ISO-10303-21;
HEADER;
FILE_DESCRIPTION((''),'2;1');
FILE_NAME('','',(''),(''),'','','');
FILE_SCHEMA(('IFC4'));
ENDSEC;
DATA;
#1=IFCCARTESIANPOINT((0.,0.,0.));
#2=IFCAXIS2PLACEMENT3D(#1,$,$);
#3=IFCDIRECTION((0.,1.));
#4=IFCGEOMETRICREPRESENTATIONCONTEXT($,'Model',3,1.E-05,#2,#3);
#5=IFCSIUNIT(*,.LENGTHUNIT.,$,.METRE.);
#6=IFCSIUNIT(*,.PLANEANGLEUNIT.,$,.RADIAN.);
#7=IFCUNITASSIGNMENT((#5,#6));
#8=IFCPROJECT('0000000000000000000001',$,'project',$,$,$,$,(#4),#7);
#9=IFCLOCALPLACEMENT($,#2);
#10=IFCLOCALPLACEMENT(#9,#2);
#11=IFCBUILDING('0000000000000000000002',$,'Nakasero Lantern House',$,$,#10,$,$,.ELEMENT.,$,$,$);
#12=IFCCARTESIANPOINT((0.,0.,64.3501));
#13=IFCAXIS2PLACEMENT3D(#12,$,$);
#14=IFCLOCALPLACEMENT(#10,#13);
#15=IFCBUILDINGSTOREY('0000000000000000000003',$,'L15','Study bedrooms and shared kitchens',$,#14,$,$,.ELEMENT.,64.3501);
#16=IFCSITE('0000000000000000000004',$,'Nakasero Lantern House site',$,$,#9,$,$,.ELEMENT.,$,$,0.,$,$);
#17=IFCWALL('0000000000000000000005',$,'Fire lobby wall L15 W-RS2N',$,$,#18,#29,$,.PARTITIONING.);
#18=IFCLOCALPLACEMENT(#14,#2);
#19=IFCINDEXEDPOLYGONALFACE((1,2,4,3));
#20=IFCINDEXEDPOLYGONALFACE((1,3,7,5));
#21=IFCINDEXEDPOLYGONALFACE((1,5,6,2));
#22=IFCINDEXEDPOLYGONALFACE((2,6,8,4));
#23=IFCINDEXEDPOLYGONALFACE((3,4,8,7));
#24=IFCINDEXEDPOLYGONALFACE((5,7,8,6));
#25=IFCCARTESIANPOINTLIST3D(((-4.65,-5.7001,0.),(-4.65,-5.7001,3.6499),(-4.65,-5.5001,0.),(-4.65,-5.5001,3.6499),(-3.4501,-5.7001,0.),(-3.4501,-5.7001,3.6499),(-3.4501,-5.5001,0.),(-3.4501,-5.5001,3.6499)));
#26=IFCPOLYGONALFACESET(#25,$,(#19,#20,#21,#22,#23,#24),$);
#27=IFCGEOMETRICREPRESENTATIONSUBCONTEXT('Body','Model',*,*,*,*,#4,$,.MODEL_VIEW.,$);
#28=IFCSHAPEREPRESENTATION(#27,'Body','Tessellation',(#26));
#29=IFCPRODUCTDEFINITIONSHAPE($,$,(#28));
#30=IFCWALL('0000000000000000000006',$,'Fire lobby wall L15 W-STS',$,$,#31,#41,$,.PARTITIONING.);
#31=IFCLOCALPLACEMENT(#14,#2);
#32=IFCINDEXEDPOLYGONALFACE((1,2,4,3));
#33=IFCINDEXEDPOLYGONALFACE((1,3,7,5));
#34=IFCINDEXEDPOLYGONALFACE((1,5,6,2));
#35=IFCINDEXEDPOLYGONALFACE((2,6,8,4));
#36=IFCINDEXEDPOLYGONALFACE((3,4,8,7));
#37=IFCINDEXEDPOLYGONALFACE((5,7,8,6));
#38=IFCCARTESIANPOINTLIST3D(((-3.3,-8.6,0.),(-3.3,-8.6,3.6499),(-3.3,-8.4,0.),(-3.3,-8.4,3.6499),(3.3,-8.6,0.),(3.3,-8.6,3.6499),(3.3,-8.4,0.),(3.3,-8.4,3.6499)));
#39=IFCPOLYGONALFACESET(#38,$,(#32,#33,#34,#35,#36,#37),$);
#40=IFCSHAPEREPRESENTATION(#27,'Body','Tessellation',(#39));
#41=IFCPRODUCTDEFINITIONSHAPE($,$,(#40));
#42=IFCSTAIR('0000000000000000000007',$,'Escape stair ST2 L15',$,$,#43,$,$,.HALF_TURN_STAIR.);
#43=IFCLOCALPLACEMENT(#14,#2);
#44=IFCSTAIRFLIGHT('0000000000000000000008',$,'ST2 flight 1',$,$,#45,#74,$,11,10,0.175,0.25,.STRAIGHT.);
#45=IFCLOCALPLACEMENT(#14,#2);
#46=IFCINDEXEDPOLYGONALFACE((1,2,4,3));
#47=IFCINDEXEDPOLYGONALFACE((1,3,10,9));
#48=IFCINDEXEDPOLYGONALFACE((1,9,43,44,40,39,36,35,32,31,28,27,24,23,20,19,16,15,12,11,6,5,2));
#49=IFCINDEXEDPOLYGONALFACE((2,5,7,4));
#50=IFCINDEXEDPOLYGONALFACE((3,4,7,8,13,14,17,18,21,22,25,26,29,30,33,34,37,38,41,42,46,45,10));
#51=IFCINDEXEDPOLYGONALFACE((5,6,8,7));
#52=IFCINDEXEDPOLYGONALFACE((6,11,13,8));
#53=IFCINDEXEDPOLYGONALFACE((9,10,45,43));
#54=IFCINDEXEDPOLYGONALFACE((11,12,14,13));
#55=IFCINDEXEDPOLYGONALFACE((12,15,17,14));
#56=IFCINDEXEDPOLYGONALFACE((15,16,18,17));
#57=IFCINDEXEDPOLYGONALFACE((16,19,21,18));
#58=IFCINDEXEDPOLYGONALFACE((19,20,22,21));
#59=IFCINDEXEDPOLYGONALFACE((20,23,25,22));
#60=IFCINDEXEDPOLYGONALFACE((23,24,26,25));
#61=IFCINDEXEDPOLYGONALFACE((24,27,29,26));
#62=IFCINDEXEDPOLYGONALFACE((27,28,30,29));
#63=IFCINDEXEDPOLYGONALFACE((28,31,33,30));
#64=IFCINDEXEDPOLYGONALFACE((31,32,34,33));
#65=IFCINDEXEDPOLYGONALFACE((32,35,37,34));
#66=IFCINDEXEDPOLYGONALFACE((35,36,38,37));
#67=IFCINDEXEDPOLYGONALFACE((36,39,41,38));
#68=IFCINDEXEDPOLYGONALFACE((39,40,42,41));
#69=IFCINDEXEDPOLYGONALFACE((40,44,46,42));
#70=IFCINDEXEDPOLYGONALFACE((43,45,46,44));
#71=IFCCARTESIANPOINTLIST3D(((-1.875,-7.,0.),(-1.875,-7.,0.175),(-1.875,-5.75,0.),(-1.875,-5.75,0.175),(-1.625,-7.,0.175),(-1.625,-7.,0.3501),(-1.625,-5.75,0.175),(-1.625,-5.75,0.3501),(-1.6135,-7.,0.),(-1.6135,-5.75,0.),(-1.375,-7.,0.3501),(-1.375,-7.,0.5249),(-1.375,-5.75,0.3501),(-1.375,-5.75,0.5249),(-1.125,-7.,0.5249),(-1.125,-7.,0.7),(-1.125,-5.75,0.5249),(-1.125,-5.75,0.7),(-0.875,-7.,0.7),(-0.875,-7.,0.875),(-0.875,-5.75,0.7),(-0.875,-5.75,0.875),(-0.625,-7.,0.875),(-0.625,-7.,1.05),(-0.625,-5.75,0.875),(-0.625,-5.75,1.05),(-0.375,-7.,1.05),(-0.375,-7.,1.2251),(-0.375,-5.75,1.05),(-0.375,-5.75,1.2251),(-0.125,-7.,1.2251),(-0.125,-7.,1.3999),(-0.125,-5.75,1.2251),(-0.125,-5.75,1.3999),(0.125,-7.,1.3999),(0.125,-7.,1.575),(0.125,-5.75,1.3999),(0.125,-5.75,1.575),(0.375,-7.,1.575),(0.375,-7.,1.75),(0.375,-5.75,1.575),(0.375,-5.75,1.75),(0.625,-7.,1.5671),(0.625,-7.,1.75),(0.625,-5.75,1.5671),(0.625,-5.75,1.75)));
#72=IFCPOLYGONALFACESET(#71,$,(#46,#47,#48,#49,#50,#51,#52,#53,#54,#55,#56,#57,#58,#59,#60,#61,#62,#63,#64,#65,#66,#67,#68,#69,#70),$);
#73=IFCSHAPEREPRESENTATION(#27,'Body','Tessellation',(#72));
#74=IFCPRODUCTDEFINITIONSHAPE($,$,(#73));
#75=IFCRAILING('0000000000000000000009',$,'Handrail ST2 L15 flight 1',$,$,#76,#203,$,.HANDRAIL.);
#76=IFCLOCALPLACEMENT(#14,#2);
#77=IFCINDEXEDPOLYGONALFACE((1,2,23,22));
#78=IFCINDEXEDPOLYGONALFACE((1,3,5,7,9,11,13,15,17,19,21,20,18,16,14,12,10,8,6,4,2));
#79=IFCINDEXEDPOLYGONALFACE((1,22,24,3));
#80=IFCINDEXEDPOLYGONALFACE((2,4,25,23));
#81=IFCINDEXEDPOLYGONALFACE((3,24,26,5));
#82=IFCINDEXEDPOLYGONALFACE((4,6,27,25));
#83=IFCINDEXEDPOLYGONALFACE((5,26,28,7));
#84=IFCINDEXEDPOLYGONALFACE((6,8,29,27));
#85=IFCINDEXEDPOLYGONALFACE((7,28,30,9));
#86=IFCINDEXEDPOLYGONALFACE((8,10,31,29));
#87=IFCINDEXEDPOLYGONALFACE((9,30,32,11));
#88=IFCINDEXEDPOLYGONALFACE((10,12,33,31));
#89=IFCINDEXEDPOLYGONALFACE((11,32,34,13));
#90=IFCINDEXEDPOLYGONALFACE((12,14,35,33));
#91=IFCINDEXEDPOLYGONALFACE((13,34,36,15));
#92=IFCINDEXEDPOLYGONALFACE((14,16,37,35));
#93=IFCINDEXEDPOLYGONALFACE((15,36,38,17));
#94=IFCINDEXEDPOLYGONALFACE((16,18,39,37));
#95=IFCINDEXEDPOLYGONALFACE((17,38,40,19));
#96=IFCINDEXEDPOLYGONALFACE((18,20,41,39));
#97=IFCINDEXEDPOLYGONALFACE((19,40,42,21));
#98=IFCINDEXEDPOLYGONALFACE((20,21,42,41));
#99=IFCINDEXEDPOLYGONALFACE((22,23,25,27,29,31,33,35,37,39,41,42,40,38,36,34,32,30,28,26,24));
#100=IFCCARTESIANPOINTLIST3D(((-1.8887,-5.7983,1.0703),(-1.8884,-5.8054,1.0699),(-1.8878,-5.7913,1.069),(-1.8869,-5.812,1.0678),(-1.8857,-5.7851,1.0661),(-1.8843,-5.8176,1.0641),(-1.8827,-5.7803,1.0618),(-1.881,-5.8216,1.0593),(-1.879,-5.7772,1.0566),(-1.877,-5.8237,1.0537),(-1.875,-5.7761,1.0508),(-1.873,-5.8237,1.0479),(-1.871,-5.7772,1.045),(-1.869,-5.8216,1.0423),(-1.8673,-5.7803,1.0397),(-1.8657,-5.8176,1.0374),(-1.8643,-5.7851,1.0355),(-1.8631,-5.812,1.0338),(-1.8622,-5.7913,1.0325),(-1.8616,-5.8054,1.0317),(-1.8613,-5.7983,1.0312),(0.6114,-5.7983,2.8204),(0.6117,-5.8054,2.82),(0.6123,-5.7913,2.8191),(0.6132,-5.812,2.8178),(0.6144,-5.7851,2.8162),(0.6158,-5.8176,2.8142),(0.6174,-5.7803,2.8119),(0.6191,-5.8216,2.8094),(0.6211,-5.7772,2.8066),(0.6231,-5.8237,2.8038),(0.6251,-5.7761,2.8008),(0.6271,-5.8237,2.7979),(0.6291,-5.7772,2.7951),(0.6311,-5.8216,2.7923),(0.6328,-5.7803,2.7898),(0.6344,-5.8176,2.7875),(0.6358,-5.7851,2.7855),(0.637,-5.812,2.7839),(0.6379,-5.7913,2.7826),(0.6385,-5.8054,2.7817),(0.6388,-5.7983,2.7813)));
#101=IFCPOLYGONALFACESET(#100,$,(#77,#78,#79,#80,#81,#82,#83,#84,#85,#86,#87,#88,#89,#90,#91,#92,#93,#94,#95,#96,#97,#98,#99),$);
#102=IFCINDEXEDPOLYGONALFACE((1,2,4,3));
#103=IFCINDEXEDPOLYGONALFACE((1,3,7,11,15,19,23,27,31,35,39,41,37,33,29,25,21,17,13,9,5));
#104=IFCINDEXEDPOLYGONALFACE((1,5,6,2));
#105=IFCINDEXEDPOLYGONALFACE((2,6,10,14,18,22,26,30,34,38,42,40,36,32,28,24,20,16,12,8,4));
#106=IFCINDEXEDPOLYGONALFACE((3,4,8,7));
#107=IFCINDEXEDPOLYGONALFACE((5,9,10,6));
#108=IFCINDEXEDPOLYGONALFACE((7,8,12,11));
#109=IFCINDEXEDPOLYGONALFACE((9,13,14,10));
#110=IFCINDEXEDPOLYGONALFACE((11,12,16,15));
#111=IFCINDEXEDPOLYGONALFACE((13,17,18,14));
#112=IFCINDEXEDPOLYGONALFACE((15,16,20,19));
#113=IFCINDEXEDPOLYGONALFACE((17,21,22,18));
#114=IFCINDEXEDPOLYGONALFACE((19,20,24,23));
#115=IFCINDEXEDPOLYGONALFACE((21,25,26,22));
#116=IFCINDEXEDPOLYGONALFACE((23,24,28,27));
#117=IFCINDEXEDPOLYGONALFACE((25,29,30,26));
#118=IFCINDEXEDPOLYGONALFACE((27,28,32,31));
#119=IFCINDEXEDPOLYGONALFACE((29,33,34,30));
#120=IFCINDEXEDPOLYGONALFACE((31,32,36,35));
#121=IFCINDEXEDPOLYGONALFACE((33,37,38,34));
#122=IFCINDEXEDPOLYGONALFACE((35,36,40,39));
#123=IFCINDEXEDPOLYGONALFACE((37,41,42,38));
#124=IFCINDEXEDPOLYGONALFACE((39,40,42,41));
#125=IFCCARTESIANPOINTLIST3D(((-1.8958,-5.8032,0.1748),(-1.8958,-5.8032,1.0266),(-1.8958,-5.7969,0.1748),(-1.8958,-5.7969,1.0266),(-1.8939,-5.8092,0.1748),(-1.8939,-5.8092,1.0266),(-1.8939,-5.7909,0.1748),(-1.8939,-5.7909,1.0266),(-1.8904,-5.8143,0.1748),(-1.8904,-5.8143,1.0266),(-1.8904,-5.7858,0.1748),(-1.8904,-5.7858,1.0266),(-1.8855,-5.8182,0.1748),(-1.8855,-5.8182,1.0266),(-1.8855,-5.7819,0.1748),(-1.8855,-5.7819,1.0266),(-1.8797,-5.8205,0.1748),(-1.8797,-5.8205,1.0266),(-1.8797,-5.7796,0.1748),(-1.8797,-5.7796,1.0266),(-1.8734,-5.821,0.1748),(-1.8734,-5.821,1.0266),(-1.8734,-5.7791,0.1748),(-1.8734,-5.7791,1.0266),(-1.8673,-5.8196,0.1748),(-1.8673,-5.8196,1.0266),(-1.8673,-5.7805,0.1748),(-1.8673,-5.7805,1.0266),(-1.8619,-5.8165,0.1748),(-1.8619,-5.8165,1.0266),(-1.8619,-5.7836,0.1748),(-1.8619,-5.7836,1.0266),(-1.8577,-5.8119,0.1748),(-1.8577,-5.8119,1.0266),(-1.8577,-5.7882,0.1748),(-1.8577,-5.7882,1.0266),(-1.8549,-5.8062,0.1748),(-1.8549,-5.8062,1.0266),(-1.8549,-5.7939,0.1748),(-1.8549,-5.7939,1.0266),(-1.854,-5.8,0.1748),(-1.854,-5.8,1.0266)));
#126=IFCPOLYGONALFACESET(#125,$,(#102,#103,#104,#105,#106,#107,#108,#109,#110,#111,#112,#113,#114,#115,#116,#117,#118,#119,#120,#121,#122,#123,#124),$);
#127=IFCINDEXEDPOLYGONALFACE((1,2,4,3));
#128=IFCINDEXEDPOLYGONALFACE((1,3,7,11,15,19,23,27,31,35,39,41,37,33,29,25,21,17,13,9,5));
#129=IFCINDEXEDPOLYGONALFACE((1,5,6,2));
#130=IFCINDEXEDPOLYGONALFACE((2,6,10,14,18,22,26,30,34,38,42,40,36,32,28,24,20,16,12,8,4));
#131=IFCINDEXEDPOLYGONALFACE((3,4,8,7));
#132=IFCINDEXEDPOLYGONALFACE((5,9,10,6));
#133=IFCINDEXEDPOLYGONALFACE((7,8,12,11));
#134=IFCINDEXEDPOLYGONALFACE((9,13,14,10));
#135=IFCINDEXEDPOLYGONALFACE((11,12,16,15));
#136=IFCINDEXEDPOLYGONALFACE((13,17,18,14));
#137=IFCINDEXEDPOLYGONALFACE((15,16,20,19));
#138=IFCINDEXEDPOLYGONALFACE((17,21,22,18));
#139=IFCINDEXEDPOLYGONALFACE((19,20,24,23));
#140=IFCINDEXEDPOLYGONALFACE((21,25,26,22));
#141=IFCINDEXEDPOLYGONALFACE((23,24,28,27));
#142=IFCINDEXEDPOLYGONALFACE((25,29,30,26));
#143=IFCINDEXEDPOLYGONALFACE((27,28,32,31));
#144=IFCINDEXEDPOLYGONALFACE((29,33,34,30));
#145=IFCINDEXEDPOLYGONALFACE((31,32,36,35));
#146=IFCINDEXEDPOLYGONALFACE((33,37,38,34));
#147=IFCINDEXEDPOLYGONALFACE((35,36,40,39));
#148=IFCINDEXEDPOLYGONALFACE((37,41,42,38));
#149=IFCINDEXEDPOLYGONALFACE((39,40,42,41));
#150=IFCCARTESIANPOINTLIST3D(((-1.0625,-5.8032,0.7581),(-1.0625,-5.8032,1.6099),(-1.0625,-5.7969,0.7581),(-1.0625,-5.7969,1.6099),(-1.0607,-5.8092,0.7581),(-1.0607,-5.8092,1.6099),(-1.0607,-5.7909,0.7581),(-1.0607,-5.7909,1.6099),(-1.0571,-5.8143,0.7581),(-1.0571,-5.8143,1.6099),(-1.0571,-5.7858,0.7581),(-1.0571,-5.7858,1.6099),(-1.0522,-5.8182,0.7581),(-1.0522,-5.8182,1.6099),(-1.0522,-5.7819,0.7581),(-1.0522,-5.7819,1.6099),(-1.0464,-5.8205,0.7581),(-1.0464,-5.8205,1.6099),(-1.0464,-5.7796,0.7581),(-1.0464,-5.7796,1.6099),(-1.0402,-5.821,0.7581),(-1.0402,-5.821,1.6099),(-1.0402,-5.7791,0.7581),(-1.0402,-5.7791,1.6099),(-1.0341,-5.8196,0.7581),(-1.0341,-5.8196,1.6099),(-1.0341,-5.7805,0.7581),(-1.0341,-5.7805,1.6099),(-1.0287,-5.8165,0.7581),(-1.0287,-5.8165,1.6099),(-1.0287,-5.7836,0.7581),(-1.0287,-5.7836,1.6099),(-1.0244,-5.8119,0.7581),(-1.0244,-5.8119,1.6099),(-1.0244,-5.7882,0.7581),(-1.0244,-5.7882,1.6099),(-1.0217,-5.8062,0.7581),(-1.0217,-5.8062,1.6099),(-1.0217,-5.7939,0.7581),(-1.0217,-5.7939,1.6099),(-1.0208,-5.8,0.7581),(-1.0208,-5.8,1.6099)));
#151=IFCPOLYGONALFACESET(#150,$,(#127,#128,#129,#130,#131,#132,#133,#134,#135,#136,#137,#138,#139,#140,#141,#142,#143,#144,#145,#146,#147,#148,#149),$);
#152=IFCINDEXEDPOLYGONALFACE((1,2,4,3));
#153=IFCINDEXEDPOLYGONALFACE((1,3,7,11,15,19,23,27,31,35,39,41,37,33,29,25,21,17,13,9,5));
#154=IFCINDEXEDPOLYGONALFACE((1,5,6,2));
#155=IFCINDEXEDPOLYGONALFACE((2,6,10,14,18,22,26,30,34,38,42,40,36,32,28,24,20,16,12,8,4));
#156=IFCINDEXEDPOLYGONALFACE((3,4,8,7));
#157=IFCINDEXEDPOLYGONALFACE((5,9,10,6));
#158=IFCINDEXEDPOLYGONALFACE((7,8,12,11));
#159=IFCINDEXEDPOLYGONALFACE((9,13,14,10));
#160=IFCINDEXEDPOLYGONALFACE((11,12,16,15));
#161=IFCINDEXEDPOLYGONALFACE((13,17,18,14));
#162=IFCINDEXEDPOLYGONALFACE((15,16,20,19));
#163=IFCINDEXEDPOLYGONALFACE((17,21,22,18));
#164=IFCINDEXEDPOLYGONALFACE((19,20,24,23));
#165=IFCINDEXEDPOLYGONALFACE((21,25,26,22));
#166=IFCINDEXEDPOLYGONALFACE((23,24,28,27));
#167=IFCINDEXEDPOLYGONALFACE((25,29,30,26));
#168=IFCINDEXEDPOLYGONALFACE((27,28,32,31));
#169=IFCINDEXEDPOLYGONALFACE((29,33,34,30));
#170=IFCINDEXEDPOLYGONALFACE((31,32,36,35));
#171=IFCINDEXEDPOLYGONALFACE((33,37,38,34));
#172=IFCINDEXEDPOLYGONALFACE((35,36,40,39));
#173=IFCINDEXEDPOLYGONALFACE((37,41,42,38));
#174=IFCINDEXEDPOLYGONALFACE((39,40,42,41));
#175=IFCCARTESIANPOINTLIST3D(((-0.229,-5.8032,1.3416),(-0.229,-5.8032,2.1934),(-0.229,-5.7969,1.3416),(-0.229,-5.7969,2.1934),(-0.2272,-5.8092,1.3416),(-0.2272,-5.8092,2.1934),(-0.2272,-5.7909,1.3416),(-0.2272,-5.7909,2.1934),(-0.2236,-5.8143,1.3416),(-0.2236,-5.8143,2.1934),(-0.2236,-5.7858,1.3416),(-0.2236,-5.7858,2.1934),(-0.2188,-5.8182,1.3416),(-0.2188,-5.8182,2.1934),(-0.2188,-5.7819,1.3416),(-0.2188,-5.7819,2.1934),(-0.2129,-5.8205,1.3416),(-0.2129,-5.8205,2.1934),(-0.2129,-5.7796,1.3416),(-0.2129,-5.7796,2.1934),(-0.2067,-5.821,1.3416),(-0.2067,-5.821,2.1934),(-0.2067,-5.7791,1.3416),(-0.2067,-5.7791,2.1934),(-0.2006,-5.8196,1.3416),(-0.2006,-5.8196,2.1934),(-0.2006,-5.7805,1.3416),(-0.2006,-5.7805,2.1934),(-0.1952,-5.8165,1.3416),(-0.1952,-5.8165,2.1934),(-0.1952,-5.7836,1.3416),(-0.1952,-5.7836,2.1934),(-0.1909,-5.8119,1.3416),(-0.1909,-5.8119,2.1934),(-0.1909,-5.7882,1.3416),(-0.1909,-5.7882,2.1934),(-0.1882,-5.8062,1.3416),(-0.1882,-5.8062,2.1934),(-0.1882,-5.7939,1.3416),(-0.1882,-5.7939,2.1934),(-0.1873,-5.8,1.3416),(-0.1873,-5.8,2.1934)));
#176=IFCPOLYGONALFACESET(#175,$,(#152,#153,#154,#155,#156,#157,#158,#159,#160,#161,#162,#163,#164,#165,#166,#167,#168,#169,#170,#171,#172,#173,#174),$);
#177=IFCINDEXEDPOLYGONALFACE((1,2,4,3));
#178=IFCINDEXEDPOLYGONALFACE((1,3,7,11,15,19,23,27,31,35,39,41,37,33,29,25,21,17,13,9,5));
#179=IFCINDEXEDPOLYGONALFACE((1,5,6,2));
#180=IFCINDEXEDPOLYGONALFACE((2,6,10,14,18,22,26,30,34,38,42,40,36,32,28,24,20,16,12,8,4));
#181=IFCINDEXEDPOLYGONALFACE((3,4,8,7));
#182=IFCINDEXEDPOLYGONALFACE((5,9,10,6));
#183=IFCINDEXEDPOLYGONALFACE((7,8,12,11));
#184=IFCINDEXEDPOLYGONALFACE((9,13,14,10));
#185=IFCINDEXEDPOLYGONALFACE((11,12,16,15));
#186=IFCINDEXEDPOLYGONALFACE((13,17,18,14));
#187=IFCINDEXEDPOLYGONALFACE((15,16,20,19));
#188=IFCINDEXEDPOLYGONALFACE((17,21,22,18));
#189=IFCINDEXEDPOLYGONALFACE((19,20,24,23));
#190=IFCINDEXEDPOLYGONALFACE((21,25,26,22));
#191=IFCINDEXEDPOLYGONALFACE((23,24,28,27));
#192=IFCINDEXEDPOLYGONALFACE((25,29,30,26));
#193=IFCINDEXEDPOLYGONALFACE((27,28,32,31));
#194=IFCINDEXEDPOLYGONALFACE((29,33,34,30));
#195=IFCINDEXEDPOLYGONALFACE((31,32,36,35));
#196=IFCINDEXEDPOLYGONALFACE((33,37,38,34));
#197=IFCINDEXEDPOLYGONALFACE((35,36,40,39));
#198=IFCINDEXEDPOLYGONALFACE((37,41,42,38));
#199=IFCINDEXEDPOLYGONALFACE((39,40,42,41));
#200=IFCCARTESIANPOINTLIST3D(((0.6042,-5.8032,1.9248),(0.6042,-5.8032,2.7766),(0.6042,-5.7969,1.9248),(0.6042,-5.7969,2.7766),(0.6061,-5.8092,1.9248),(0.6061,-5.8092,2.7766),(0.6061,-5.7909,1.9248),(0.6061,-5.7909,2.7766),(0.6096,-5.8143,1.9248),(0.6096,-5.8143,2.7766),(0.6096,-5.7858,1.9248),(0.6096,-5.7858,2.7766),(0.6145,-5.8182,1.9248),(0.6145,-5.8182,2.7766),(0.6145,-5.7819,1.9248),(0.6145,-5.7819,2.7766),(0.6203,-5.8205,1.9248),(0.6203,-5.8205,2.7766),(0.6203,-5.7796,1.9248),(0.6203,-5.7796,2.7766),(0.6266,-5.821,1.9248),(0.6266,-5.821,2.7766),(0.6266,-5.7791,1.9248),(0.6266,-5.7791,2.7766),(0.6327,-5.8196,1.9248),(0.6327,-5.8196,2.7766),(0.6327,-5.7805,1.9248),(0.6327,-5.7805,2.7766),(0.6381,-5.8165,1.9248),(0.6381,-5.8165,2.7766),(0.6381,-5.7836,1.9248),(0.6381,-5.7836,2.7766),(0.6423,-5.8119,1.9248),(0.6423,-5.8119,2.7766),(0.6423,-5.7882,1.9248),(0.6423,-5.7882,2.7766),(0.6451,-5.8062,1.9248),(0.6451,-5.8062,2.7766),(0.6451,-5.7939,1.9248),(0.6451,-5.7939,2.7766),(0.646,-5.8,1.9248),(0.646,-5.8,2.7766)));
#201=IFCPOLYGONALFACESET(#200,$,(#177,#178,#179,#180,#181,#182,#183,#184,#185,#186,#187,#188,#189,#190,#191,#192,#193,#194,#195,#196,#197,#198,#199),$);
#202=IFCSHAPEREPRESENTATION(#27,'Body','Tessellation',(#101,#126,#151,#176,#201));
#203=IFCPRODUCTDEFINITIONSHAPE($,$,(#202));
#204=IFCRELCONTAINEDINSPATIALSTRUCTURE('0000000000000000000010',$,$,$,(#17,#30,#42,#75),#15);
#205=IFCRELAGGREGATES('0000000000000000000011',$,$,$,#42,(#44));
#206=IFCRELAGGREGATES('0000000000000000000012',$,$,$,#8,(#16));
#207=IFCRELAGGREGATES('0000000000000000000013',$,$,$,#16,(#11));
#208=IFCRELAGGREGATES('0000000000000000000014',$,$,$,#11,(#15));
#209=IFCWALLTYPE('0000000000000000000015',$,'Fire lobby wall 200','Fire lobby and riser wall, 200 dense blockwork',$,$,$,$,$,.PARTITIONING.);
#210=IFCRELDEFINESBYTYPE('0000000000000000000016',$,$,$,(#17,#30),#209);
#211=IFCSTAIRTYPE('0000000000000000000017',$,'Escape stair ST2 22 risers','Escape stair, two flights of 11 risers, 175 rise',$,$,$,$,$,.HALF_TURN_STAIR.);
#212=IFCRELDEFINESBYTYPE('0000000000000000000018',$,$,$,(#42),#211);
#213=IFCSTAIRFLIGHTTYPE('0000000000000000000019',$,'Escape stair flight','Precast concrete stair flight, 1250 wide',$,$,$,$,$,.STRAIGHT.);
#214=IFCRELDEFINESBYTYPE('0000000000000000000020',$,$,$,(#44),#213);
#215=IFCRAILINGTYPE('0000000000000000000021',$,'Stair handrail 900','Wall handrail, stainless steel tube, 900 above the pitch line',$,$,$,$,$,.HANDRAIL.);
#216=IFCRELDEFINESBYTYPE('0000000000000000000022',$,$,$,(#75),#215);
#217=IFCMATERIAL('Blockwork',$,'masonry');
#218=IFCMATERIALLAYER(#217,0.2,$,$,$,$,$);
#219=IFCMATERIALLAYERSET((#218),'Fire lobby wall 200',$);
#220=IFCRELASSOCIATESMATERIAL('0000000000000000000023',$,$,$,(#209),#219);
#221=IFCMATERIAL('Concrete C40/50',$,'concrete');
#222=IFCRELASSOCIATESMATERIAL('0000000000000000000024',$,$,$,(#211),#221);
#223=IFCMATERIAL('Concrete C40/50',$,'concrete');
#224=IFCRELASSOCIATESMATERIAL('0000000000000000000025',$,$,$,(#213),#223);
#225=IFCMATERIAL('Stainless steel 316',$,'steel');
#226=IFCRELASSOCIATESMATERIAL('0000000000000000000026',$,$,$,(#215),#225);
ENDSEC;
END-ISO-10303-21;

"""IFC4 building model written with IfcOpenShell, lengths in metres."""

from ifc_helpers import new_model, si_unit, direction, frame, frame_2d, origin, origin_2d, place, context, subcontext, project, spatial, polyline, rectangle, circle, outline, extrude, material, layer, layer_set, type_object, element, aggregate, save


model = new_model("IFC4")

# Units and contexts
model_context = context("Model", 3, precision=1e-05, world=origin(), true_north=direction((0.0, 1.0)))
body_context = subcontext(model_context, "Body", "Model", "MODEL_VIEW")
ifc_project = project(units=[si_unit("LENGTHUNIT", "METRE"), si_unit("PLANEANGLEUNIT", "RADIAN")], contexts=[model_context])

# Site, building, storey
site_placement = place(None, origin())
site = spatial("IfcSite", under=ifc_project, at=site_placement, Name="Nakasero Lantern House site", CompositionType="ELEMENT", RefElevation=0.0)
building_placement = place(site_placement, origin())
building = spatial("IfcBuilding", under=site, at=building_placement, Name="Nakasero Lantern House", CompositionType="ELEMENT")
storey_placement = place(building_placement, frame((0.0, 0.0, 64.3501)))
storey = spatial("IfcBuildingStorey", under=building, at=storey_placement, Name="L15", Description="Study bedrooms and shared kitchens", CompositionType="ELEMENT", Elevation=64.3501)

# Shared definitions
ifc_material_1 = material(Name="Blockwork", Category="masonry")
ifc_layer_1 = layer(ifc_material_1, 0.2)
ifc_layer_set_1 = layer_set([ifc_layer_1], Name="Fire lobby wall 200")
wall_type_1 = type_object("IfcWallType", Name="Fire lobby wall 200", Description="Fire lobby and riser wall, 200 dense blockwork", PredefinedType="PARTITIONING", material=ifc_layer_set_1)

# Walls
for number, where, z_axis, x_axis, name in (
    (1, (-3.45, -5.6001, 0.0), (0.0, 0.0, 1.0), (-1.0, 0.0, 0.0), "Fire lobby wall L15 W-RS2N"),
):
    element("IfcWall", number, at=place(storey_placement, frame(where, z_axis=z_axis, x_axis=x_axis)), inside=storey, type_object=wall_type_1, Name=name, PredefinedType="PARTITIONING", context=body_context, shape_type="SweptSolid", body=[
        extrude(rectangle(XDim=1.2, YDim=0.2, at=frame_2d((0.6001, 0.0))), origin(), (0.0, 0.0, 1.0), 3.6499),
    ])
wall_1_placement = place(storey_placement, frame((-3.3, -8.5, 0.0), z_axis=(0.0, 0.0, 1.0), x_axis=(1.0, 0.0, 0.0)))
element("IfcWall", 2, at=wall_1_placement, inside=storey, type_object=wall_type_1, Name="Fire lobby wall L15 W-STS", PredefinedType="PARTITIONING", context=body_context, shape_type="SweptSolid", body=[
    extrude(rectangle(XDim=6.6001, YDim=0.2, at=frame_2d((3.3, 0.0))), origin(), (0.0, 0.0, 1.0), 3.6499),
])

# Stair, stair flight
ifc_material_2 = material(Name="Concrete C40/50", Category="concrete")
stair_type = type_object("IfcStairType", Name="Escape stair ST2 22 risers", Description="Escape stair, two flights of 11 risers, 175 rise", PredefinedType="HALF_TURN_STAIR", material=ifc_material_2)
stair_placement = place(storey_placement, origin())
stair = element("IfcStair", 3, at=stair_placement, inside=storey, type_object=stair_type, Name="Escape stair ST2 L15", PredefinedType="HALF_TURN_STAIR")
ifc_material_3 = material(Name="Concrete C40/50", Category="concrete")
stair_flight_type = type_object("IfcStairFlightType", Name="Escape stair flight", Description="Precast concrete stair flight, 1250 wide", PredefinedType="STRAIGHT", material=ifc_material_3)
stair_flight_placement = place(storey_placement, frame((-1.875, -6.375, 0.0), z_axis=(0.0, 0.0, 1.0), x_axis=(1.0, 0.0, 0.0)))
stair_flight = element("IfcStairFlight", 4, at=stair_flight_placement, type_object=stair_flight_type, Name="ST2 flight 1", NumberOfRisers=11, NumberOfTreads=10, PredefinedType="STRAIGHT", RiserHeight=0.175, TreadLength=0.25, context=body_context, shape_type="SweptSolid", body=[
    extrude(outline(polyline([(0.0, 0.0), (0.0, 0.175), (0.25, 0.175), (0.25, 0.3501), (0.5, 0.3501), (0.5, 0.5249), (0.75, 0.5249), (0.75, 0.7), (1.0, 0.7), (1.0, 0.875), (1.25, 0.875), (1.25, 1.05), (1.5, 1.05), (1.5, 1.2251), (1.75, 1.2251), (1.75, 1.3999), (2.0, 1.3999), (2.0, 1.575), (2.25, 1.575), (2.25, 1.75), (2.5, 1.75), (2.5, 1.925), (2.5, 1.5671), (0.2615, 0.0), (0.0, 0.0)])), frame((0.0, 0.625, 0.0), z_axis=(0.0, -1.0, 0.0), x_axis=(1.0, 0.0, 0.0)), (0.0, 0.0, 1.0), 1.25),
])
aggregate(stair, [stair_flight])

# Railing
ifc_material_4 = material(Name="Stainless steel 316", Category="steel")
railing_type = type_object("IfcRailingType", Name="Stair handrail 900", Description="Wall handrail, stainless steel tube, 900 above the pitch line", PredefinedType="HANDRAIL", material=ifc_material_4)
railing_placement = place(storey_placement, frame((-1.875, -5.8, 0.1748)))
element("IfcRailing", 5, at=railing_placement, inside=storey, type_object=railing_type, Name="Handrail ST2 L15 flight 1", PredefinedType="HANDRAIL", context=body_context, shape_type="SweptSolid", body=[
    extrude(circle(Radius=0.0239, at=origin_2d()), frame((0.0, 0.0, 0.876), z_axis=(0.819232, 0.0, 0.573462), x_axis=(0.0, 1.0, 0.0)), (0.0, 0.0, 1.0), 3.0518),
    extrude(circle(Radius=0.021, at=origin_2d()), origin(), (0.0, 0.0, 1.0), 0.8518),
    extrude(circle(Radius=0.021, at=origin_2d()), frame((0.8333, 0.0, 0.5833)), (0.0, 0.0, 1.0), 0.8518),
    extrude(circle(Radius=0.021, at=origin_2d()), frame((1.6667, 0.0, 1.1667)), (0.0, 0.0, 1.0), 0.8518),
    extrude(circle(Radius=0.021, at=origin_2d()), frame((2.5, 0.0, 1.75)), (0.0, 0.0, 1.0), 0.8518),
])

save(model, "model.ifc")
